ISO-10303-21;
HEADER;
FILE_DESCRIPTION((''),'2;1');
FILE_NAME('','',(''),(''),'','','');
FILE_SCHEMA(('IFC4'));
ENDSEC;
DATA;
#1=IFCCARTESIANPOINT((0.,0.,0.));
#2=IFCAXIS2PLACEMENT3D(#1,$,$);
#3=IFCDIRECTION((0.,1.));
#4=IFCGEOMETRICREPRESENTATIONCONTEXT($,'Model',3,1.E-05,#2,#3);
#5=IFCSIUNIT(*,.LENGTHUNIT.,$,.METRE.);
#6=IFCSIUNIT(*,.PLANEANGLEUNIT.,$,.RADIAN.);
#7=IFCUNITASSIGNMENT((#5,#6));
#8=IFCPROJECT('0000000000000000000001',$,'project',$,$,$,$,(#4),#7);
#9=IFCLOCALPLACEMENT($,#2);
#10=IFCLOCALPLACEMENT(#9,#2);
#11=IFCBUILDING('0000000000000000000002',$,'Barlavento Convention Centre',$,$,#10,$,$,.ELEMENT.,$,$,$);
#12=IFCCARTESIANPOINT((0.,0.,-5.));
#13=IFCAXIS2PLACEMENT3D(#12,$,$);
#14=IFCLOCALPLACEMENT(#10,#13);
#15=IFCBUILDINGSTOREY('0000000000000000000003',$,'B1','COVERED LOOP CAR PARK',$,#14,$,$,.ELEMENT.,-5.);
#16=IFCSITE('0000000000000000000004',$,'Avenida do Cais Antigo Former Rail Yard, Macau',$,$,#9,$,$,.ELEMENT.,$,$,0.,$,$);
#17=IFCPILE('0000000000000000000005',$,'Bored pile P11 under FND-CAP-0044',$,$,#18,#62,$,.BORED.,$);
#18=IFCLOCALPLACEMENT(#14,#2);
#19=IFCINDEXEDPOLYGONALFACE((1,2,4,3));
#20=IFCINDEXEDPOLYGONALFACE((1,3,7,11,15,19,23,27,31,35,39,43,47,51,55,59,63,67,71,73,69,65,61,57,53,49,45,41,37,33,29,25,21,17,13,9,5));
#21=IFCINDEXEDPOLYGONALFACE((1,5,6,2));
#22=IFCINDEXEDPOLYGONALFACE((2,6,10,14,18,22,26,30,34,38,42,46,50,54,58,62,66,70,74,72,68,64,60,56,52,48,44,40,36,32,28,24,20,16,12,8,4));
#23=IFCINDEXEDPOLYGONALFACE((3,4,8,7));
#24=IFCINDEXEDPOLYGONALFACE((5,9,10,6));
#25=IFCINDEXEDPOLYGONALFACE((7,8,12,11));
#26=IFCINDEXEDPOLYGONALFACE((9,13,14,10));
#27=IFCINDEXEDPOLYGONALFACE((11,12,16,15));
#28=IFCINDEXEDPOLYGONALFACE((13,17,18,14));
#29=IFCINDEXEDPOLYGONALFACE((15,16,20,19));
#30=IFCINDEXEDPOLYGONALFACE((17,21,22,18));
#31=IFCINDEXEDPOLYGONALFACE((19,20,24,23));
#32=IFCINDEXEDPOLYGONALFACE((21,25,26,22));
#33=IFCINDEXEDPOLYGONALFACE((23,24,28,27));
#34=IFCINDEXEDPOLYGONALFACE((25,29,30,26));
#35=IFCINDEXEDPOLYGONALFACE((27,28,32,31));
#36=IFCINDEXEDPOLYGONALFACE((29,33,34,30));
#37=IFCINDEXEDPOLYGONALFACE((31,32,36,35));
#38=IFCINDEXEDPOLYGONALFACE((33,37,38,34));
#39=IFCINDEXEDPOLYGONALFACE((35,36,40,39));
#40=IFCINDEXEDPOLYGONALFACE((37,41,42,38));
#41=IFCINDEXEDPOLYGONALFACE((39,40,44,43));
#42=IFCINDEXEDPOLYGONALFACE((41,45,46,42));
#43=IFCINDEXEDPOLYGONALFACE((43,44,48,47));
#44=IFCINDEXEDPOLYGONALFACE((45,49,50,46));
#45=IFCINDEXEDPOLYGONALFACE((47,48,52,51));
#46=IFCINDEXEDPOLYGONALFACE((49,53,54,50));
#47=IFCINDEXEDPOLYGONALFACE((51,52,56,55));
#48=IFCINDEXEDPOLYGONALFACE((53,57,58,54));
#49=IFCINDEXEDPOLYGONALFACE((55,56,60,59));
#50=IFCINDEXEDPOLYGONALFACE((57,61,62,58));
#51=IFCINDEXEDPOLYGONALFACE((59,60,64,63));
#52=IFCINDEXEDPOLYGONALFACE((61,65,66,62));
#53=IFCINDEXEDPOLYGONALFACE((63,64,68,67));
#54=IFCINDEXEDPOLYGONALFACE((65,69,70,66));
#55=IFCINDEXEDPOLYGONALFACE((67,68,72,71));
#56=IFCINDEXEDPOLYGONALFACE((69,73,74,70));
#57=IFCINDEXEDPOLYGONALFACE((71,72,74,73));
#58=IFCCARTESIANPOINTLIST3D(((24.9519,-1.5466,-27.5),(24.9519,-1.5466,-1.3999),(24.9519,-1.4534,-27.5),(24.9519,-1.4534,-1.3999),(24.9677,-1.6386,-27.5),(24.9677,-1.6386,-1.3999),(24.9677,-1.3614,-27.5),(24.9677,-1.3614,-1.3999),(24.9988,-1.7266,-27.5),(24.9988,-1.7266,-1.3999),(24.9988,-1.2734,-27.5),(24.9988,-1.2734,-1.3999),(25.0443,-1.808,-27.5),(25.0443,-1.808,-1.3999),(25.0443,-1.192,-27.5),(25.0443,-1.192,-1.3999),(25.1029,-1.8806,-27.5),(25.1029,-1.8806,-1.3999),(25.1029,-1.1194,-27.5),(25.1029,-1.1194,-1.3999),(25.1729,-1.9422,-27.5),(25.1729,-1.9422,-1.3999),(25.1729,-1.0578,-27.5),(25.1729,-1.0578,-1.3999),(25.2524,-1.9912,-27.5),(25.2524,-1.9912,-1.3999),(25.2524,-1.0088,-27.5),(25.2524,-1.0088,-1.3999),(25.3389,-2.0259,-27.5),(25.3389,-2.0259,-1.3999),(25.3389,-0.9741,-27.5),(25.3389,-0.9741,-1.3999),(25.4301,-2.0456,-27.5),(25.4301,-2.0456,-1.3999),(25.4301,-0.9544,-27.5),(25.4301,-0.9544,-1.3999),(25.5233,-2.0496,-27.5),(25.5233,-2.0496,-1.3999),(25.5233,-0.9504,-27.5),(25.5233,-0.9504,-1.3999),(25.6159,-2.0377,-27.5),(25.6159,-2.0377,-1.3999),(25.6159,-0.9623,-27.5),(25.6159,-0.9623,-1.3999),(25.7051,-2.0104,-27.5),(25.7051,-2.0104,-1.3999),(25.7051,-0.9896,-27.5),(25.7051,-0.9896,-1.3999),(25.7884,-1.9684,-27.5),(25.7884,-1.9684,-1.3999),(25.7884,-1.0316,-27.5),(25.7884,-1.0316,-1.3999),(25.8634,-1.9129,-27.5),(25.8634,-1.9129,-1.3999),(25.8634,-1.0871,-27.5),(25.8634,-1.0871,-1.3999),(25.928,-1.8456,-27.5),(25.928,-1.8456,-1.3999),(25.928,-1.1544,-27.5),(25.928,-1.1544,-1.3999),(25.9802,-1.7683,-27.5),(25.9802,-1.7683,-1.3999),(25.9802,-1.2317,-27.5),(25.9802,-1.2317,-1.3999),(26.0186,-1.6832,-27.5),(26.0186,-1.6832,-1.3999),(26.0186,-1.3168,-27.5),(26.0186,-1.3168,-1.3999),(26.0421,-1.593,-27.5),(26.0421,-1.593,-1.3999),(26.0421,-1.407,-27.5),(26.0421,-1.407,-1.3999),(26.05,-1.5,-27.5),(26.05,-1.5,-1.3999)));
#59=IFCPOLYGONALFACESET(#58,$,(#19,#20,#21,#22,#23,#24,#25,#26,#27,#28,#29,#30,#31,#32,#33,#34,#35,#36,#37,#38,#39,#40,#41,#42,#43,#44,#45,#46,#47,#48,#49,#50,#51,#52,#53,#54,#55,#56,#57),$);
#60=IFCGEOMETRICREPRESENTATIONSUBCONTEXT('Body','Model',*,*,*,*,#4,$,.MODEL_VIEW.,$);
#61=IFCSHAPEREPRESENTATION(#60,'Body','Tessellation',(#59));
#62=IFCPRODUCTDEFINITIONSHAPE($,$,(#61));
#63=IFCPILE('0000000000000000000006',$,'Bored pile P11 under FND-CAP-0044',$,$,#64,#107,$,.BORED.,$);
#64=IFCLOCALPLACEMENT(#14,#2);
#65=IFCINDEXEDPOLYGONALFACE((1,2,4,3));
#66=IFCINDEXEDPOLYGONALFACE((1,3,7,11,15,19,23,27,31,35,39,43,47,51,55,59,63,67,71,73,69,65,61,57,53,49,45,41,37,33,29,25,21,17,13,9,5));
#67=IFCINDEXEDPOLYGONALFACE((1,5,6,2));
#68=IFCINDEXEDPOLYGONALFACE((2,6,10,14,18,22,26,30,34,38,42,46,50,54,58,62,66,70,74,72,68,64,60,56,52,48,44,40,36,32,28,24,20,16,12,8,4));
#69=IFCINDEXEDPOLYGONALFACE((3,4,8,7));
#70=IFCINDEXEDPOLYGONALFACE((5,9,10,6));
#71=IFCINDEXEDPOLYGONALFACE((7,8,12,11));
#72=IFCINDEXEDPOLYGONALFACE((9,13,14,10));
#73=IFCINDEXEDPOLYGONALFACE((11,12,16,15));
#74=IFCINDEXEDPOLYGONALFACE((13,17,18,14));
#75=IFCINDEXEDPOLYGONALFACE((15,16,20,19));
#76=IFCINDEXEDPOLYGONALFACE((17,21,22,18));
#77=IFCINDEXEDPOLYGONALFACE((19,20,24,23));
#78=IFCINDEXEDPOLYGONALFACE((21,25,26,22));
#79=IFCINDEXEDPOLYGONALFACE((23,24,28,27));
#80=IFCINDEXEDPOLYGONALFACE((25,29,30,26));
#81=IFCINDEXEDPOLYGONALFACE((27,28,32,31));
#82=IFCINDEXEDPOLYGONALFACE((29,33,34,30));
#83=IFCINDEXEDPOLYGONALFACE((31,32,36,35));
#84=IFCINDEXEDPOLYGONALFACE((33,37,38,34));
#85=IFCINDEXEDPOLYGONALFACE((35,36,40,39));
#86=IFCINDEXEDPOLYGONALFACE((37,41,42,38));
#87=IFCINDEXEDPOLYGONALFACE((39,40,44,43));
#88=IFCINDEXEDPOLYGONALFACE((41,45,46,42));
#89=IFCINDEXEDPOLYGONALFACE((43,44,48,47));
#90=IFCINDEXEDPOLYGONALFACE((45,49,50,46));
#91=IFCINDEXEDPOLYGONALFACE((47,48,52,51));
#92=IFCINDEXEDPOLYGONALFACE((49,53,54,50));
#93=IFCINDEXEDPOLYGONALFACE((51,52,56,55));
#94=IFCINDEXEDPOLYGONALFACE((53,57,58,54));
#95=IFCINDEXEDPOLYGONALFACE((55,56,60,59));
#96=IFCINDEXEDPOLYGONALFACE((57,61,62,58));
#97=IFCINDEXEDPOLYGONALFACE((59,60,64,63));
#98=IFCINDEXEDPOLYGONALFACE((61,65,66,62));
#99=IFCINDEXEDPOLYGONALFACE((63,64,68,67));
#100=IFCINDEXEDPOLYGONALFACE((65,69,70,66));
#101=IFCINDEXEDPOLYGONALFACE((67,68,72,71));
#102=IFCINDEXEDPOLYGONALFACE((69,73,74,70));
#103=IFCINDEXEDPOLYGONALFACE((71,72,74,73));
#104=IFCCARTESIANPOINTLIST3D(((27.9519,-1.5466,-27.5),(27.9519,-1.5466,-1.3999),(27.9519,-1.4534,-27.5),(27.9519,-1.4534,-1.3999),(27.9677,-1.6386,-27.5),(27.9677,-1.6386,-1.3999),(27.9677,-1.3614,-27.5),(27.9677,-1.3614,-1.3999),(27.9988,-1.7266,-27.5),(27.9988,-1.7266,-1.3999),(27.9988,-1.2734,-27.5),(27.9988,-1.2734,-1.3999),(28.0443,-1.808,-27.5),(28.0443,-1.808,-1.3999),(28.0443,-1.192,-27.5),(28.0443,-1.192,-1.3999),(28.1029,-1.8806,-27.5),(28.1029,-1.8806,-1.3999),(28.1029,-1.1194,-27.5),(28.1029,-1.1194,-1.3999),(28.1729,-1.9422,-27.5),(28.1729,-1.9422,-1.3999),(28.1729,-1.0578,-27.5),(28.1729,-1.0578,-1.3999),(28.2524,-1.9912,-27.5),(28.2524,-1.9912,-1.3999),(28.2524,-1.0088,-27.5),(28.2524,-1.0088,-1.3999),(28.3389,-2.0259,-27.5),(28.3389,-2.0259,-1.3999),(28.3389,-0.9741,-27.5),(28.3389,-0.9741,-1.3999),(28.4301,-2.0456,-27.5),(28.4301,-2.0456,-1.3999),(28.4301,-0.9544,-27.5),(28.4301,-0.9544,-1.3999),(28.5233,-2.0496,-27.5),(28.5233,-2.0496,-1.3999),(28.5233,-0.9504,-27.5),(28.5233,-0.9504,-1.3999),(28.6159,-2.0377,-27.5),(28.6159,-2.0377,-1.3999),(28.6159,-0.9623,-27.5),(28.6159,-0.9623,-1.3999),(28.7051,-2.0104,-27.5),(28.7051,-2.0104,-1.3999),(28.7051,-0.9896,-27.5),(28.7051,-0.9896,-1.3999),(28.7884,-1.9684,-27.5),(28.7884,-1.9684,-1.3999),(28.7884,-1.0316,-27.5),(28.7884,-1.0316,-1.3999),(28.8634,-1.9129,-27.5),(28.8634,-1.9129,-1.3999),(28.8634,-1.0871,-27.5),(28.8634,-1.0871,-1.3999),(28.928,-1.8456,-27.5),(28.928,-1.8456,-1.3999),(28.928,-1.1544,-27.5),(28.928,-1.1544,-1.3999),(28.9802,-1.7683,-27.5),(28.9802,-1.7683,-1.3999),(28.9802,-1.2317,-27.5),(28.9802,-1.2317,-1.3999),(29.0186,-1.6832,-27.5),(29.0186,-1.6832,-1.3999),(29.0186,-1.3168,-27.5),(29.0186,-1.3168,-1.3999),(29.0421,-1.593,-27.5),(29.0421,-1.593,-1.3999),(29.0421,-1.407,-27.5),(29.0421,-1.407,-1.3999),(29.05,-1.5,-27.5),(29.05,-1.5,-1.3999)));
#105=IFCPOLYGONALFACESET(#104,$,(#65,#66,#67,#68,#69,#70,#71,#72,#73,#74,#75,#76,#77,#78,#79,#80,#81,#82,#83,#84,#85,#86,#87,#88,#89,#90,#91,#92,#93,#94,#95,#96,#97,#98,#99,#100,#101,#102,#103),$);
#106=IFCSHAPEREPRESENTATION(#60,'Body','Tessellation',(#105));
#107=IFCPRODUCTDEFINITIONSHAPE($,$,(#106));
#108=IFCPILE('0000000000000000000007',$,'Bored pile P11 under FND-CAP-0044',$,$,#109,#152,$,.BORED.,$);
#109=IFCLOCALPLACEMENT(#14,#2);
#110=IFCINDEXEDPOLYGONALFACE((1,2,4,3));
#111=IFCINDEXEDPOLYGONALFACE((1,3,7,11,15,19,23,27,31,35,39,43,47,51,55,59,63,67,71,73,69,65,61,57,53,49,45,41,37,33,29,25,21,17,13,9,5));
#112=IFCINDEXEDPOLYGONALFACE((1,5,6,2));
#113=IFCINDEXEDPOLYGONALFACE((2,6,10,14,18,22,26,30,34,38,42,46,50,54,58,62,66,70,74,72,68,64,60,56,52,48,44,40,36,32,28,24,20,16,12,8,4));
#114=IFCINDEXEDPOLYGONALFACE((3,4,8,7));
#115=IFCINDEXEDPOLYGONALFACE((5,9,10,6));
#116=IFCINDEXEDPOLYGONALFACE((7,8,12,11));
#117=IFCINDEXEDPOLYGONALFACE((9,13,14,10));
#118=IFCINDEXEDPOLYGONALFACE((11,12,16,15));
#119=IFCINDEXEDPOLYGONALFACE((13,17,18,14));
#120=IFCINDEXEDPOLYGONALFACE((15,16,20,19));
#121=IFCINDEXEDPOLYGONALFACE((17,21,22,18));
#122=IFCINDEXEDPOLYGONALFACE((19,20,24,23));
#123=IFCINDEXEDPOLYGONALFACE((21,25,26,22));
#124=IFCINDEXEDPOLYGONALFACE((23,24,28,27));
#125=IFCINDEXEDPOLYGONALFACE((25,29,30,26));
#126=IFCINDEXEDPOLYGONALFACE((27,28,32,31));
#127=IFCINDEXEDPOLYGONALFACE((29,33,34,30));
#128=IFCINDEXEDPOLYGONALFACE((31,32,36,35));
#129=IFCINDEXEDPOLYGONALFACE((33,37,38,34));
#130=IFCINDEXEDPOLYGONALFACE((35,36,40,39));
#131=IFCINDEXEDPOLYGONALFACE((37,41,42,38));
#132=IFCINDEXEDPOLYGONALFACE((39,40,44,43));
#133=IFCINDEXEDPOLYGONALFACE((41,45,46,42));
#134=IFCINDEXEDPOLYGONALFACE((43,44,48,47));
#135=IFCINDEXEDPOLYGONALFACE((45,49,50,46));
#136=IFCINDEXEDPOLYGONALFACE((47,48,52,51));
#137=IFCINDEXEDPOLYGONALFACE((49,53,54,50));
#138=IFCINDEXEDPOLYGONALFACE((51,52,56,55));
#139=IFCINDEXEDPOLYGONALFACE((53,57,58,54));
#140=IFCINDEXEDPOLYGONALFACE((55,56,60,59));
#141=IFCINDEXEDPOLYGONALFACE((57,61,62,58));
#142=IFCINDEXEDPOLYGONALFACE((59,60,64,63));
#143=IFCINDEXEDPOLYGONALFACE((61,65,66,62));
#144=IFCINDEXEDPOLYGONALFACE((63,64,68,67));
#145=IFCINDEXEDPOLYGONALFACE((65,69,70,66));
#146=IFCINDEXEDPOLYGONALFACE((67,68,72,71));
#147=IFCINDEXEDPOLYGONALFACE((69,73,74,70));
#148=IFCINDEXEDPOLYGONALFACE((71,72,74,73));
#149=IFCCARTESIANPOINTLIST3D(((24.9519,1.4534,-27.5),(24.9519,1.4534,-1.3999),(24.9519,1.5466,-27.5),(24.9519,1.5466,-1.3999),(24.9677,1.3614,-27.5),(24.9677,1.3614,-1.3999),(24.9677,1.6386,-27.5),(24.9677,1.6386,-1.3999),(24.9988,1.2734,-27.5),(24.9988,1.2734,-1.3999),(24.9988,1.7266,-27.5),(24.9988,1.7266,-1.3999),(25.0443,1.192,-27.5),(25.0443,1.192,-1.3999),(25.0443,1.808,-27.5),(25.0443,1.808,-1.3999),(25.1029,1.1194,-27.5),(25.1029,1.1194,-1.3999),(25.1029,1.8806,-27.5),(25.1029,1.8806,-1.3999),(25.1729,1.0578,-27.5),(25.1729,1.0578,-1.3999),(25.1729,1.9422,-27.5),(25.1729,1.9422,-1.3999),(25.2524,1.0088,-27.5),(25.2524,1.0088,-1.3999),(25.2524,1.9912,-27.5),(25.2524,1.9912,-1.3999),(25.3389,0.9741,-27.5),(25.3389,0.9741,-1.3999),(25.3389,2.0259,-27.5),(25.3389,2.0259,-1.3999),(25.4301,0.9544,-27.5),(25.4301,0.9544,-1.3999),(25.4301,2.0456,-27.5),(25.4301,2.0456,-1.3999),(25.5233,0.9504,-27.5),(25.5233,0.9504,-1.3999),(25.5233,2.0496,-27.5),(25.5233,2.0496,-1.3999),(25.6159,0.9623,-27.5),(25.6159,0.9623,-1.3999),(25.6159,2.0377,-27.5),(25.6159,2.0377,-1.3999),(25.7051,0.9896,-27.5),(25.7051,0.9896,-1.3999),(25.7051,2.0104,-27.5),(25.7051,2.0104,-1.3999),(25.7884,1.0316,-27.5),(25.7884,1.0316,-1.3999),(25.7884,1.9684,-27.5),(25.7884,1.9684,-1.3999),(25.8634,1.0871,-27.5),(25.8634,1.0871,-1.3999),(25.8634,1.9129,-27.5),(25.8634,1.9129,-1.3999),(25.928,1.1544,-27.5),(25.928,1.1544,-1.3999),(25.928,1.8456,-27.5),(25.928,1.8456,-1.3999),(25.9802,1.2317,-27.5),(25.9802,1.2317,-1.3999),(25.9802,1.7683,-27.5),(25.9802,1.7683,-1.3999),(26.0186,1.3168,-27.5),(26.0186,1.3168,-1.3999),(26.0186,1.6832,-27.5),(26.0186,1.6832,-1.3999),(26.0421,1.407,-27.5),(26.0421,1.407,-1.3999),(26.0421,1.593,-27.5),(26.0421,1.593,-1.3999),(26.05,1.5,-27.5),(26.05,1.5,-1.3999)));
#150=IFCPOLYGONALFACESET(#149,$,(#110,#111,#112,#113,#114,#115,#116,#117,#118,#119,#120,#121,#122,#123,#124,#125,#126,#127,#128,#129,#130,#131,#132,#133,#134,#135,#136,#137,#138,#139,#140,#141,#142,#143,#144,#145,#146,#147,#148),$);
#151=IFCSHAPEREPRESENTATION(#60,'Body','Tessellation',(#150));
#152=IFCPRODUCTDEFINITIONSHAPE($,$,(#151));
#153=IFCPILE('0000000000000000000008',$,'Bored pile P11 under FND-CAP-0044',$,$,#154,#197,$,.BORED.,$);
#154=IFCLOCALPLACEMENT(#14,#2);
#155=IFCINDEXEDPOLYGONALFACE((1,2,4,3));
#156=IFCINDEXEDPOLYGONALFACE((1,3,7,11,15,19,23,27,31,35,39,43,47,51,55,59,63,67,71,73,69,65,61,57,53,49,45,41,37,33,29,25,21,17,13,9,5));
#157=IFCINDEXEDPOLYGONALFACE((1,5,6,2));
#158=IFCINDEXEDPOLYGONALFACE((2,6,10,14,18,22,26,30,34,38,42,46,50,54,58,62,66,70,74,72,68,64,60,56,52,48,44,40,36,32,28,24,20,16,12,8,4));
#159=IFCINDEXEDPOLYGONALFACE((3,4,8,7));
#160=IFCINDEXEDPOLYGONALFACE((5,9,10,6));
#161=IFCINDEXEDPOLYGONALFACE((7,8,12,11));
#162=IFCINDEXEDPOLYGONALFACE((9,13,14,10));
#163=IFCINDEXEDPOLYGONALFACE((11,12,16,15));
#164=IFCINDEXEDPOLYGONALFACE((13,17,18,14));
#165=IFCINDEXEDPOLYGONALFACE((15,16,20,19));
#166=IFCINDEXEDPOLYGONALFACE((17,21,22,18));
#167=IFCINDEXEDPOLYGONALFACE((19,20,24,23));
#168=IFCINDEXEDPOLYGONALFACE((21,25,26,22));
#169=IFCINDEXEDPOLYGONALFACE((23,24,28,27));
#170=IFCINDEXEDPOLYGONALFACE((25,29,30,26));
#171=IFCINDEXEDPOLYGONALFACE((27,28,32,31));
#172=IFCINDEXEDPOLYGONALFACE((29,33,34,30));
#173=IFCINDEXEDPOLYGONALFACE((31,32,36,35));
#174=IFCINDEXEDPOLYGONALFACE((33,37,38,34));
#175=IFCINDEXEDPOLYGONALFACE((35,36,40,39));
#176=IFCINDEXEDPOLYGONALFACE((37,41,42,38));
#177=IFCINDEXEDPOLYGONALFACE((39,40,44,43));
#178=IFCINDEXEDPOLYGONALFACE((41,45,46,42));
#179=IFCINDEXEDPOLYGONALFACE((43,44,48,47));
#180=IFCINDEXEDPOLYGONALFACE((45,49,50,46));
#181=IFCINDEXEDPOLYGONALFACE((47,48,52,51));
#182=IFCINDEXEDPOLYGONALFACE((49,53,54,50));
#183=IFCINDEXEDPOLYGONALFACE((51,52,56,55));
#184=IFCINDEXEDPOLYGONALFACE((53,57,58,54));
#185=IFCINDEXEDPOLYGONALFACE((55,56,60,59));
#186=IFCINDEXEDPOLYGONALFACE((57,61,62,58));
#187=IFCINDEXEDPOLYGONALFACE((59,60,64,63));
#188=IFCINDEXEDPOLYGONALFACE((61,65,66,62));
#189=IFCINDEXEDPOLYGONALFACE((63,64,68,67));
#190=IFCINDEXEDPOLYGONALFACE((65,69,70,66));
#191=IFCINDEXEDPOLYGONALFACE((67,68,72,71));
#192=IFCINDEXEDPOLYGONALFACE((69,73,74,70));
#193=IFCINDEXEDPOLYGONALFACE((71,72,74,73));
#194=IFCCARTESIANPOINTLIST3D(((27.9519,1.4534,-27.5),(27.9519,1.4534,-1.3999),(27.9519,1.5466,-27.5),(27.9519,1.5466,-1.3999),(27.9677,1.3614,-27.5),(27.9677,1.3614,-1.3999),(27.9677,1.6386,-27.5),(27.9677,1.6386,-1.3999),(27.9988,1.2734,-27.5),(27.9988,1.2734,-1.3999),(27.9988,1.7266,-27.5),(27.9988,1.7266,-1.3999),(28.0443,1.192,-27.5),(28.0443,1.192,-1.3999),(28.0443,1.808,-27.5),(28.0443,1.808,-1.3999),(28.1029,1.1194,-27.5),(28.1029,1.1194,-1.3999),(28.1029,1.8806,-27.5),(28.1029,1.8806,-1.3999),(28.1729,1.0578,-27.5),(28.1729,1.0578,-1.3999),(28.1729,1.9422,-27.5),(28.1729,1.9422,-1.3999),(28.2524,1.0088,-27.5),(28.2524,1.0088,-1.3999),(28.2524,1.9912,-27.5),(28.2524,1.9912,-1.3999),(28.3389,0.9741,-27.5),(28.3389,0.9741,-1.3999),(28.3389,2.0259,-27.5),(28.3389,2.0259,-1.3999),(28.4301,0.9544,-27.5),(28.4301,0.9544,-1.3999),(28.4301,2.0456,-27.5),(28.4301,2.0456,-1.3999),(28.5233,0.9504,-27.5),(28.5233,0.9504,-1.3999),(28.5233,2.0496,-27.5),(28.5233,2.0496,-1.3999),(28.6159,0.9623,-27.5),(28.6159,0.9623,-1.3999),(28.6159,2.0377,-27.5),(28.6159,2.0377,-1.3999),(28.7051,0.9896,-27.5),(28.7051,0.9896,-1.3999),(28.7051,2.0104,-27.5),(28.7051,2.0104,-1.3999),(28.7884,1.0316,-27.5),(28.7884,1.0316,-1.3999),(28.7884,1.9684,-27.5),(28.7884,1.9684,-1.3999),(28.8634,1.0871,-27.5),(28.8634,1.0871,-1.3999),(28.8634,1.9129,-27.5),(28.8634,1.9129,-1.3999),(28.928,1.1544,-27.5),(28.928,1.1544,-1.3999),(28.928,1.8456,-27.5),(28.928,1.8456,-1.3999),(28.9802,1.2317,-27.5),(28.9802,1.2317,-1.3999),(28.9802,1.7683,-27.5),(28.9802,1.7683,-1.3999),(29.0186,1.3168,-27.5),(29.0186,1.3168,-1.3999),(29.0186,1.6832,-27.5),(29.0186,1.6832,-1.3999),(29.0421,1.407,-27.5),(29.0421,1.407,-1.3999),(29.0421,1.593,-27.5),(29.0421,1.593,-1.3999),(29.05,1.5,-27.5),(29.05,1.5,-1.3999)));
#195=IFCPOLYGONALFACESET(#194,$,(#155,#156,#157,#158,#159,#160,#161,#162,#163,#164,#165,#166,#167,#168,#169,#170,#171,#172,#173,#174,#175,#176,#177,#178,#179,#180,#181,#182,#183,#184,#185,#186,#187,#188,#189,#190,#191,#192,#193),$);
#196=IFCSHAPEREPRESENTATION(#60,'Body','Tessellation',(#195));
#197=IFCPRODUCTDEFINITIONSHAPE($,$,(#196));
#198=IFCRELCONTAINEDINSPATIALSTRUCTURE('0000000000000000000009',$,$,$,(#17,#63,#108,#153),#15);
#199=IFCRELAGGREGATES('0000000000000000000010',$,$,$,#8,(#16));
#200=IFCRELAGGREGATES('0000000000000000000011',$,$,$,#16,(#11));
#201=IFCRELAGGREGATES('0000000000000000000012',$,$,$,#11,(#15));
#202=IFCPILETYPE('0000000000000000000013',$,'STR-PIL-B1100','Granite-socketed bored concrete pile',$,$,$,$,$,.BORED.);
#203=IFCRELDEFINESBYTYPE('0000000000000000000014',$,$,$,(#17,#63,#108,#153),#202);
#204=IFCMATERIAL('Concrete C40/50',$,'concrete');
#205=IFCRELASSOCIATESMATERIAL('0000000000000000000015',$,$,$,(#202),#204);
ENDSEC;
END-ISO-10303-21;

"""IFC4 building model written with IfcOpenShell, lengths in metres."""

from ifc_helpers import new_model, si_unit, direction, frame, origin, origin_2d, place, context, subcontext, project, spatial, circle, extrude, material, material_profile, profile_set, type_object, element, save


model = new_model("IFC4")

# Units and contexts
model_context = context("Model", 3, precision=1e-05, world=origin(), true_north=direction((0.0, 1.0)))
body_context = subcontext(model_context, "Body", "Model", "MODEL_VIEW")
ifc_project = project(units=[si_unit("LENGTHUNIT", "METRE"), si_unit("PLANEANGLEUNIT", "RADIAN")], contexts=[model_context])

# Site, building, storey
site_placement = place(None, origin())
site = spatial("IfcSite", under=ifc_project, at=site_placement, Name="Avenida do Cais Antigo Former Rail Yard, Macau", CompositionType="ELEMENT", RefElevation=0.0)
building_placement = place(site_placement, origin())
building = spatial("IfcBuilding", under=site, at=building_placement, Name="Barlavento Convention Centre", CompositionType="ELEMENT")
storey_placement = place(building_placement, frame((0.0, 0.0, -5.0)))
storey = spatial("IfcBuildingStorey", under=building, at=storey_placement, Name="B1", Description="COVERED LOOP CAR PARK", CompositionType="ELEMENT", Elevation=-5.0)

# Shared definitions
ifc_material_1 = material(Name="Concrete C40/50", Category="concrete")

# Piles
ifc_material_profile_1 = material_profile(ifc_material_1, circle(Radius=0.55, at=origin_2d()), Name="BORED PILE 1100")
ifc_profile_set_1 = profile_set([ifc_material_profile_1], Name="Concrete C40/50")
pile_type_1 = type_object("IfcPileType", Name="STR-PIL-B1100", Description="Granite-socketed bored concrete pile", PredefinedType="BORED", material=ifc_profile_set_1)
for number, where, z_axis, x_axis, name in (
    (1, (25.5, -1.5, -1.3999), (0.0, 0.0, -1.0), (1.0, 0.0, 0.0), "Bored pile P11 under FND-CAP-0044"),
    (2, (28.5, -1.5, -1.3999), (0.0, 0.0, -1.0), (1.0, 0.0, 0.0), "Bored pile P11 under FND-CAP-0044"),
    (3, (25.5, 1.5, -1.3999), (0.0, 0.0, -1.0), (1.0, 0.0, 0.0), "Bored pile P11 under FND-CAP-0044"),
    (4, (28.5, 1.5, -1.3999), (0.0, 0.0, -1.0), (1.0, 0.0, 0.0), "Bored pile P11 under FND-CAP-0044"),
):
    element("IfcPile", number, at=place(storey_placement, frame(where, z_axis=z_axis, x_axis=x_axis)), inside=storey, type_object=pile_type_1, Name=name, PredefinedType="BORED", context=body_context, shape_type="SweptSolid", body=[
        extrude(circle(Radius=0.55, at=origin_2d()), origin(), (0.0, 0.0, 1.0), 26.1001),
    ])

save(model, "model.ifc")
